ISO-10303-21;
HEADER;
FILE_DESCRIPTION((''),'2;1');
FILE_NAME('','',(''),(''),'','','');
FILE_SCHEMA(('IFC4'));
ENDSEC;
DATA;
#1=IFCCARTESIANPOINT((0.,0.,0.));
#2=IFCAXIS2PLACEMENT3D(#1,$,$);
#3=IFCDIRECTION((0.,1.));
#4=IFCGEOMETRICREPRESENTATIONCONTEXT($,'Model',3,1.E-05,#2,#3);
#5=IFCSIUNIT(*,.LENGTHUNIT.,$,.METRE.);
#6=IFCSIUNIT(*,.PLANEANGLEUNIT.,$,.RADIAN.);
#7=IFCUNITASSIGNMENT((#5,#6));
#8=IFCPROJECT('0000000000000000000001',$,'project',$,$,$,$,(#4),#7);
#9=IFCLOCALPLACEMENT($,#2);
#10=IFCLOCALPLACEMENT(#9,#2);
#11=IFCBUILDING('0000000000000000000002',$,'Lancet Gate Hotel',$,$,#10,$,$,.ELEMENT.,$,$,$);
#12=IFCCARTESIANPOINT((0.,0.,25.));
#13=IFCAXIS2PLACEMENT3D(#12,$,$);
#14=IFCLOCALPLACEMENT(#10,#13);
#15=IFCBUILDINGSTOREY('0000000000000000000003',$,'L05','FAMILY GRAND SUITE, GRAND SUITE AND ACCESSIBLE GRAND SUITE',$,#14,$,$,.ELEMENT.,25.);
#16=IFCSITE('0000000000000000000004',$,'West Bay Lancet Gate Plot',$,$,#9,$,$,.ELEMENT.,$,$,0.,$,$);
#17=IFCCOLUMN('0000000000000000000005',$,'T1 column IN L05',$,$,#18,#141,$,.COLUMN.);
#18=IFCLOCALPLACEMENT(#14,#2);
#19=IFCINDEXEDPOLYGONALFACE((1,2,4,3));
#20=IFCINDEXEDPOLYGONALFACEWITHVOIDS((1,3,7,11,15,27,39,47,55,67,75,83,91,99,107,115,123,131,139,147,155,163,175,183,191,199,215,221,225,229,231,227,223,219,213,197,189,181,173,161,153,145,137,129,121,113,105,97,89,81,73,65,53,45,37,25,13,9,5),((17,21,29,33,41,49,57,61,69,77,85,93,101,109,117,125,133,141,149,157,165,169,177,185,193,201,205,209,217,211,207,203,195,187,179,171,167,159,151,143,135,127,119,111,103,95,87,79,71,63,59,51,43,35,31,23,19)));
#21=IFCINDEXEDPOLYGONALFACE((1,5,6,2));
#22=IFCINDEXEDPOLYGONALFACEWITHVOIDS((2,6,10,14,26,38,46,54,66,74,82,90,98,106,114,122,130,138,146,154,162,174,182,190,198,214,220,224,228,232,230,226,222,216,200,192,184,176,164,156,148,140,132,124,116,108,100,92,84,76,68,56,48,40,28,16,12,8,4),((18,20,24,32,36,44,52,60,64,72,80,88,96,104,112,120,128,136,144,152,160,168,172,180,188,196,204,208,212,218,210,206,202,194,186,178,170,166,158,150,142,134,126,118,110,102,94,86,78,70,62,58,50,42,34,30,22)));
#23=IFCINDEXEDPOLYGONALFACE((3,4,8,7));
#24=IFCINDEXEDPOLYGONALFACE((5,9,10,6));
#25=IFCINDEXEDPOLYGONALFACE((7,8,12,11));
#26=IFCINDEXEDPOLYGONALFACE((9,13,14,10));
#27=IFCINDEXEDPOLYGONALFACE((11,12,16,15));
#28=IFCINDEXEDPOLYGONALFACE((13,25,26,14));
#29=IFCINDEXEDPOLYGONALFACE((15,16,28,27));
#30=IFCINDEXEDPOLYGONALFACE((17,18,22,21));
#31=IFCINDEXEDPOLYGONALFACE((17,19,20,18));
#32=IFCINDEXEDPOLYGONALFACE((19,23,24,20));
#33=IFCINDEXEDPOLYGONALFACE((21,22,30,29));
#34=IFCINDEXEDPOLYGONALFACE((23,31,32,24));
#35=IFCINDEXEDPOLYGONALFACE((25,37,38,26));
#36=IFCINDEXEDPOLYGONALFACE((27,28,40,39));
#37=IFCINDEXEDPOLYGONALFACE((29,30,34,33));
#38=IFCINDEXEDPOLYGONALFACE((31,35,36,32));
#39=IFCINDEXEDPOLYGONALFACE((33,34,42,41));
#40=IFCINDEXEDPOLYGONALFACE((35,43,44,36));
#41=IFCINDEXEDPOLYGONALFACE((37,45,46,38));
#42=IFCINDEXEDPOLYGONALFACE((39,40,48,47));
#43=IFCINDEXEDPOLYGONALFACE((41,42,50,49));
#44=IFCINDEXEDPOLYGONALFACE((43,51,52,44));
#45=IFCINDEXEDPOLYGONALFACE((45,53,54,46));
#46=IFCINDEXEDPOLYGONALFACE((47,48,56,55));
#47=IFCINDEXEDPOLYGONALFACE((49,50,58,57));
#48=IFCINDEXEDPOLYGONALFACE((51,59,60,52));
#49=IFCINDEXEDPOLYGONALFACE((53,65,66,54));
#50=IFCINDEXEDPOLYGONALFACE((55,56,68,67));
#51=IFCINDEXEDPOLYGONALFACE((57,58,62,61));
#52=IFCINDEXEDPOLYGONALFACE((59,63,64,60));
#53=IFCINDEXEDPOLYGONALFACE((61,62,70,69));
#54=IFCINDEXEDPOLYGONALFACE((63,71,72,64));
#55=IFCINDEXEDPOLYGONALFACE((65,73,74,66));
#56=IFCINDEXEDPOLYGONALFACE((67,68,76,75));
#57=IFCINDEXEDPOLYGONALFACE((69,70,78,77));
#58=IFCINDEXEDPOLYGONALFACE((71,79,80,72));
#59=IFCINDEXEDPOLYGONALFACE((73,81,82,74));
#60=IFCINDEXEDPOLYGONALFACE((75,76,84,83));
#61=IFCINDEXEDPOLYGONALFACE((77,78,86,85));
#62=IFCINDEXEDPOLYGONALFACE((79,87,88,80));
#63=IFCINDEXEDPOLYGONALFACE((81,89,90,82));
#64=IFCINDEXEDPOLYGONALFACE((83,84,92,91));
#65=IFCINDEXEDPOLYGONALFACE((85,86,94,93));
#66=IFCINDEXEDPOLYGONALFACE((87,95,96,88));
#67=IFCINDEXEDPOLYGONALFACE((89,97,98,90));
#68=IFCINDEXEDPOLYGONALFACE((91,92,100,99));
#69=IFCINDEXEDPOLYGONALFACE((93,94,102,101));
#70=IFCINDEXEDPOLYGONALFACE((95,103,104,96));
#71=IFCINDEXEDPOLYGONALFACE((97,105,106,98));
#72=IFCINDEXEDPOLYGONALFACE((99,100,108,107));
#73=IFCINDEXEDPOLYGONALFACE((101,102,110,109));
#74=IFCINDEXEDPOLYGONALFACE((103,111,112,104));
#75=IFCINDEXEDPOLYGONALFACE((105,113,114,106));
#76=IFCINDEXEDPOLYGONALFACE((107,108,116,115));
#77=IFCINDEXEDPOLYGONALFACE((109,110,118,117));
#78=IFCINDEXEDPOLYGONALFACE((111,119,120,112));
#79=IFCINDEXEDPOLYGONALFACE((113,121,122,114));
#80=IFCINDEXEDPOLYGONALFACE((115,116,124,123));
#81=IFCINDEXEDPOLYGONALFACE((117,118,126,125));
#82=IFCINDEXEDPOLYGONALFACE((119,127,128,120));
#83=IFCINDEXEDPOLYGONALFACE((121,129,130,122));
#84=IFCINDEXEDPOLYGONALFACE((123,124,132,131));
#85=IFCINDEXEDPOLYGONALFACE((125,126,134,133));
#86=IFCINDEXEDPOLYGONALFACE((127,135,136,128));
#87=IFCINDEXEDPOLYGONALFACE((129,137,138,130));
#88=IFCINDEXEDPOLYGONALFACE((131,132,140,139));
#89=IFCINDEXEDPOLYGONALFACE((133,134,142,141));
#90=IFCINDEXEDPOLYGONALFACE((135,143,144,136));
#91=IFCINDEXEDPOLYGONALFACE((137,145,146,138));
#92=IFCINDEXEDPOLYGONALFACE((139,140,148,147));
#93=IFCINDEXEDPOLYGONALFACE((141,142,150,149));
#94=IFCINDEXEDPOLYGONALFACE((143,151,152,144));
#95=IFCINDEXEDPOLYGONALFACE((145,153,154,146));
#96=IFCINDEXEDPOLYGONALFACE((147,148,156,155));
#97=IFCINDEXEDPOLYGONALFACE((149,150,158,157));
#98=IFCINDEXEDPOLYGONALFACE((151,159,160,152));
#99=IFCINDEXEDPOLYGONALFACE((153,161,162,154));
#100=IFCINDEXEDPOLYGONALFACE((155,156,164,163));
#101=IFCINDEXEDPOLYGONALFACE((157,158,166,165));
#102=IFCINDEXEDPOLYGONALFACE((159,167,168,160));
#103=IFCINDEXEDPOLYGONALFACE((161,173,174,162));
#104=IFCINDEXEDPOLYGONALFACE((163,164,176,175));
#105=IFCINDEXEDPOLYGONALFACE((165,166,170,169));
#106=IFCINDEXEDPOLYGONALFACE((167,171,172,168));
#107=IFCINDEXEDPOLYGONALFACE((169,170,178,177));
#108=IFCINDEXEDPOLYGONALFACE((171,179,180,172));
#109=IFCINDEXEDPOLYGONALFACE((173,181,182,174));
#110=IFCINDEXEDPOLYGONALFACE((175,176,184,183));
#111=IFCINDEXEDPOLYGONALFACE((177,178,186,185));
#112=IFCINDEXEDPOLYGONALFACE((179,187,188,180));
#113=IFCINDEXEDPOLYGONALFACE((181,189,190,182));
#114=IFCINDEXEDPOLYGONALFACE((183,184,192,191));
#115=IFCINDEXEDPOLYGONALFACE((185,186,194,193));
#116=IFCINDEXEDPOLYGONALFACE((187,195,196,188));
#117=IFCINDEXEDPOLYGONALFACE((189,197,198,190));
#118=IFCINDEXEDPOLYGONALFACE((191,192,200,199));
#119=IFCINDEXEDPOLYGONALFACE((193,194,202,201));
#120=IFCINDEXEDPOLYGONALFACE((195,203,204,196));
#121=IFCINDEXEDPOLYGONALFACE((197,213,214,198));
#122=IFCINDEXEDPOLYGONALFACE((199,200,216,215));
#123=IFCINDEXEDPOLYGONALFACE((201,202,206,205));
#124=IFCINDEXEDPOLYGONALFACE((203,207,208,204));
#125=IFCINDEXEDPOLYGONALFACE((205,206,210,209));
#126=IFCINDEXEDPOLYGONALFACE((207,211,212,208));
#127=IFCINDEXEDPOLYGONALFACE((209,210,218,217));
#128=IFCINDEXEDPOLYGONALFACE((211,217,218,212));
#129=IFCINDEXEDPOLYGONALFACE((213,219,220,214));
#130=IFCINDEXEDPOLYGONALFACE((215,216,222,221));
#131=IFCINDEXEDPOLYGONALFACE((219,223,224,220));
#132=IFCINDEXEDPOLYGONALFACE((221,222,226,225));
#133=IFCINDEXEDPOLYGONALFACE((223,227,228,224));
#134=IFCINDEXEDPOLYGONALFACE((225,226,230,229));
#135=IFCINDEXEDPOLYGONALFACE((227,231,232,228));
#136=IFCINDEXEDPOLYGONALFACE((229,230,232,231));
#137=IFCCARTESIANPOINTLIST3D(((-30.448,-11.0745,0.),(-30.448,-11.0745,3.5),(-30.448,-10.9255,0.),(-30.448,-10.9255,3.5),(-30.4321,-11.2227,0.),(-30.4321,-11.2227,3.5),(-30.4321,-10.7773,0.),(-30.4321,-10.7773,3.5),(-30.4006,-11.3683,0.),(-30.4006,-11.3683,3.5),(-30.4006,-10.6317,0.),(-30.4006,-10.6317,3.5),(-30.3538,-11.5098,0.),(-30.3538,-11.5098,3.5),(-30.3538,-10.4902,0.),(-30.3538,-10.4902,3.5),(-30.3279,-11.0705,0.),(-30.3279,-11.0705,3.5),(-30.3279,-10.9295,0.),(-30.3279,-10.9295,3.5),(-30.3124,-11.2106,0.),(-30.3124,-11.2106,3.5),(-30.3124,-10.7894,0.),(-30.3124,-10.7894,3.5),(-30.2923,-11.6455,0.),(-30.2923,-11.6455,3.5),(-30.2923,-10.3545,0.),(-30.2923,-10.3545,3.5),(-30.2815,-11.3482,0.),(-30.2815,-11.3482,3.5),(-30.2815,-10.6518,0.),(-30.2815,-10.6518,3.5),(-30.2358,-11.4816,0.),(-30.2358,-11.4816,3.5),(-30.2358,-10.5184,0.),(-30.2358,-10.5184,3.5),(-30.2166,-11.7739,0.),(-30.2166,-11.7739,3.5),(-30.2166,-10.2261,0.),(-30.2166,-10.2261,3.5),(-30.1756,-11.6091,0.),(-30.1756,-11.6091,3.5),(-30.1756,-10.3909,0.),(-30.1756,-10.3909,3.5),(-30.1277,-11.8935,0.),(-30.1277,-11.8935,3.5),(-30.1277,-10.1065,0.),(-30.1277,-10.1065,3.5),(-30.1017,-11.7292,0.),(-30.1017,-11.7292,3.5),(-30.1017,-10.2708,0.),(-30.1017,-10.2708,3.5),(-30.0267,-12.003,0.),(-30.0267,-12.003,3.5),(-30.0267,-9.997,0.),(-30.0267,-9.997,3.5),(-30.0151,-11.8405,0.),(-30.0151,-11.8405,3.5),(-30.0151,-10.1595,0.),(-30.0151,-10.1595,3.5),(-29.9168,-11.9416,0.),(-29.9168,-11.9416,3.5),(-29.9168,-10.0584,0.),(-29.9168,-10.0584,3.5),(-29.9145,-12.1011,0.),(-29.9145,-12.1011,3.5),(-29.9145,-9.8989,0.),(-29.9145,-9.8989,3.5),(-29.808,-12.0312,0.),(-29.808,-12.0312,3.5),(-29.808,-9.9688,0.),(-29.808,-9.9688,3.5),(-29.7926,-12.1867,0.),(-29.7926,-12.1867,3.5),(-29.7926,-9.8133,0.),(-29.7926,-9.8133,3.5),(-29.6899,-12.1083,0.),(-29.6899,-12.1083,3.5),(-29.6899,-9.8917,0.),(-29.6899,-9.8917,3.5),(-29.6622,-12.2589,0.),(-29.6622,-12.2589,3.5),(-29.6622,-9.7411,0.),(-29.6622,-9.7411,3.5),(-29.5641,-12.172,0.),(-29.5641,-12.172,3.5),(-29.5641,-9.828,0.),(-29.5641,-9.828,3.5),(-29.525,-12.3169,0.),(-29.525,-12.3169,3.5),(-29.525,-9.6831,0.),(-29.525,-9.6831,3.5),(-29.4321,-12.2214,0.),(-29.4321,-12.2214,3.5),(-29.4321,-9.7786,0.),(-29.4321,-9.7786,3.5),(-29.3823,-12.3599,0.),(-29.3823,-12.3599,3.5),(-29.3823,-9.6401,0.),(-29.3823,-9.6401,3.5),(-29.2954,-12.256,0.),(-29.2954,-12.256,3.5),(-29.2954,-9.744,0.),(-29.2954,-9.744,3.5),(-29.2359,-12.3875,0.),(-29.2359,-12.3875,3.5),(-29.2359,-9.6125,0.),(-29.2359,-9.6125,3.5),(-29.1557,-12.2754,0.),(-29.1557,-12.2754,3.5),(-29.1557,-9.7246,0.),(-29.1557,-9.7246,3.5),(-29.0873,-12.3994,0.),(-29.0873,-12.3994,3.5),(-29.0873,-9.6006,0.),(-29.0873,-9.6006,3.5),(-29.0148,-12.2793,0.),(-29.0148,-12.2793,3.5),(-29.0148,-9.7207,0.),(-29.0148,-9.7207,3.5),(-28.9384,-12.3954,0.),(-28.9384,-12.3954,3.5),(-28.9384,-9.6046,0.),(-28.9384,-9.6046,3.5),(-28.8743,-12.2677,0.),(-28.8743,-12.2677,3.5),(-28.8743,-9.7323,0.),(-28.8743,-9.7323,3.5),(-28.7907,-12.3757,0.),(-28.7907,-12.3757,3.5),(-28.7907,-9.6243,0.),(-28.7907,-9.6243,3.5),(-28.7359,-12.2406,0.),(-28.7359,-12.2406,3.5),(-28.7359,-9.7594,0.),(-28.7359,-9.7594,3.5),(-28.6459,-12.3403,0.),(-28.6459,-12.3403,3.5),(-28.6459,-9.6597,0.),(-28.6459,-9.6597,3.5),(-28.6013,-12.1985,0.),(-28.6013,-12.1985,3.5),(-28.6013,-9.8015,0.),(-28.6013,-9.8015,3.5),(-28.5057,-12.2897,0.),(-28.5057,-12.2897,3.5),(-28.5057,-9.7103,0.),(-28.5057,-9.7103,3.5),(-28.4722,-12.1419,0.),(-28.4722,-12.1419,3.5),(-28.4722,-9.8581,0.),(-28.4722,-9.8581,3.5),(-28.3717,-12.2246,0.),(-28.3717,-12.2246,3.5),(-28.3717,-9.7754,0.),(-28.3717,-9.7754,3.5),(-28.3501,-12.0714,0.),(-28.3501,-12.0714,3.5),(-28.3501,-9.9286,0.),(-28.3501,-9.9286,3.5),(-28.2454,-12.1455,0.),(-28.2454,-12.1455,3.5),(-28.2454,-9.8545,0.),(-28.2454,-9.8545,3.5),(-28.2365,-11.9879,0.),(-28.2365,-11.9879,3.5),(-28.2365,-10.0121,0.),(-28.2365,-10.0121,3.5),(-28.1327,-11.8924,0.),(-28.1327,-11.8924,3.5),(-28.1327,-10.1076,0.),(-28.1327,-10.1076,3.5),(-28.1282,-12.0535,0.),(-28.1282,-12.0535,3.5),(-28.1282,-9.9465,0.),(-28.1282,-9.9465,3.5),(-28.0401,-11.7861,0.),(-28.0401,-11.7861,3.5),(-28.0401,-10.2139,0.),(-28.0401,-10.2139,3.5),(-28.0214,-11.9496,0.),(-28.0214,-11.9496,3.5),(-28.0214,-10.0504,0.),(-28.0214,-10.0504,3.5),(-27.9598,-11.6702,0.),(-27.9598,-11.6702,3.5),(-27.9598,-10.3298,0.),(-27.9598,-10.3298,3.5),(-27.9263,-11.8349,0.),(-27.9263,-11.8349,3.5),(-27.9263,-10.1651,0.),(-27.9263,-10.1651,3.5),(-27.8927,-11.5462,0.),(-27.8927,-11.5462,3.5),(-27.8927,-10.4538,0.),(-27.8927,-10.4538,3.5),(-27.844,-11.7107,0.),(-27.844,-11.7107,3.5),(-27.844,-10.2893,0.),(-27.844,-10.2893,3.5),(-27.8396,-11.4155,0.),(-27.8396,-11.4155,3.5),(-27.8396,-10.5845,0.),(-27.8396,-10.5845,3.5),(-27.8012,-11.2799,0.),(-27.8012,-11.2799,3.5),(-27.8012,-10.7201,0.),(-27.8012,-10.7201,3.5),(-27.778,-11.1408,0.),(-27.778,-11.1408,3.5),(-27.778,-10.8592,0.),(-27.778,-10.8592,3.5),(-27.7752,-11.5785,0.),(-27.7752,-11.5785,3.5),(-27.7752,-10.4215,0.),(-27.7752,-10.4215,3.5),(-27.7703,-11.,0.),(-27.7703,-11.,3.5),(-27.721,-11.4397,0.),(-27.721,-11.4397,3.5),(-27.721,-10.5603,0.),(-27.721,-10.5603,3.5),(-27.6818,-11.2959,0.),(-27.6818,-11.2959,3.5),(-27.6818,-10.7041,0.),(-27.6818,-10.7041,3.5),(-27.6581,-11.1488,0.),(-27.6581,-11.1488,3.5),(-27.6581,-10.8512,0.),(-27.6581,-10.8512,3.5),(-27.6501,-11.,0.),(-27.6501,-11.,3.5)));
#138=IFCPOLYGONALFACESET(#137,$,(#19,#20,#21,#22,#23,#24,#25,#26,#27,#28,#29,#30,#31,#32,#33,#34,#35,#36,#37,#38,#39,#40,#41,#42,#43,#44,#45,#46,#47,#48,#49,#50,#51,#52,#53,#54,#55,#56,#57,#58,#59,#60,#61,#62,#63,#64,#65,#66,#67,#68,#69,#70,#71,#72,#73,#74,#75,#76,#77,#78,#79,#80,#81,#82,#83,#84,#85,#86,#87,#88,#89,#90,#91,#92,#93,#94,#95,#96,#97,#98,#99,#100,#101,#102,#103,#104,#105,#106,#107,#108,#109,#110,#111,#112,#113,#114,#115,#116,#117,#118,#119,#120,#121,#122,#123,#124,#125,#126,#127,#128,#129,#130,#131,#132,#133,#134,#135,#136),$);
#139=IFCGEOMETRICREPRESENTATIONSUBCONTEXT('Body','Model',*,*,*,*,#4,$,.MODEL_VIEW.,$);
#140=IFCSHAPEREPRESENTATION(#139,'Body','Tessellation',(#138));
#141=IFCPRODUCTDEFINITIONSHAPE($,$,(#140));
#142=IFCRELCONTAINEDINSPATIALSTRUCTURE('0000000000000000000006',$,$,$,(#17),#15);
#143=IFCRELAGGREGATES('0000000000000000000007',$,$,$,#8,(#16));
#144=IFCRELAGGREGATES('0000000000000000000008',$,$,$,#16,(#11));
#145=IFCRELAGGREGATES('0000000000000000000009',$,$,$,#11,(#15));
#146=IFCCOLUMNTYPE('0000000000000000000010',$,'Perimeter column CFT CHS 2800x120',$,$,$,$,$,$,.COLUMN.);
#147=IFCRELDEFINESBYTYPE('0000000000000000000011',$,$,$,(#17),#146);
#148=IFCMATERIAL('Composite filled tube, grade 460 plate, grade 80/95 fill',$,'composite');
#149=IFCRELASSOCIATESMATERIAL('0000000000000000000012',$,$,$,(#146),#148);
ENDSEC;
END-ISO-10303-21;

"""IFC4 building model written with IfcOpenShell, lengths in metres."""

from ifc_helpers import new_model, si_unit, direction, frame, origin, origin_2d, place, context, subcontext, project, spatial, hollow_circle, extrude, material, material_profile, profile_set, type_object, element, save


model = new_model("IFC4")

# Units and contexts
model_context = context("Model", 3, precision=1e-05, world=origin(), true_north=direction((0.0, 1.0)))
body_context = subcontext(model_context, "Body", "Model", "MODEL_VIEW")
ifc_project = project(units=[si_unit("LENGTHUNIT", "METRE"), si_unit("PLANEANGLEUNIT", "RADIAN")], contexts=[model_context])

# Site, building, storey
site_placement = place(None, origin())
site = spatial("IfcSite", under=ifc_project, at=site_placement, Name="West Bay Lancet Gate Plot", CompositionType="ELEMENT", RefElevation=0.0)
building_placement = place(site_placement, origin())
building = spatial("IfcBuilding", under=site, at=building_placement, Name="Lancet Gate Hotel", CompositionType="ELEMENT")
storey_placement = place(building_placement, frame((0.0, 0.0, 25.0)))
storey = spatial("IfcBuildingStorey", under=building, at=storey_placement, Name="L05", Description="FAMILY GRAND SUITE, GRAND SUITE AND ACCESSIBLE GRAND SUITE", CompositionType="ELEMENT", Elevation=25.0)

# Column
ifc_material_1 = material(Name="Composite filled tube, grade 460 plate, grade 80/95 fill", Category="composite")
ifc_material_profile_1 = material_profile(ifc_material_1, hollow_circle(Radius=1.3999, WallThickness=0.1201, at=origin_2d()), Name="CHS 2800x120")
ifc_profile_set_1 = profile_set([ifc_material_profile_1], Name="Composite filled tube, grade 460 plate, grade 80/95 fill")
column_type = type_object("IfcColumnType", Name="Perimeter column CFT CHS 2800x120", PredefinedType="COLUMN", material=ifc_profile_set_1)
for number, where, z_axis, x_axis, name in (
    (1, (-29.05, -11.0, 0.0), (0.0, 0.0, 1.0), (1.0, 0.0, 0.0), "T1 column IN L05"),
):
    element("IfcColumn", number, at=place(storey_placement, frame(where, z_axis=z_axis, x_axis=x_axis)), inside=storey, type_object=column_type, Name=name, PredefinedType="COLUMN", context=body_context, shape_type="SweptSolid", body=[
        extrude(hollow_circle(Radius=1.3999, WallThickness=0.1201, at=origin_2d()), origin(), (0.0, 0.0, 1.0), 3.5),
    ])

save(model, "model.ifc")
